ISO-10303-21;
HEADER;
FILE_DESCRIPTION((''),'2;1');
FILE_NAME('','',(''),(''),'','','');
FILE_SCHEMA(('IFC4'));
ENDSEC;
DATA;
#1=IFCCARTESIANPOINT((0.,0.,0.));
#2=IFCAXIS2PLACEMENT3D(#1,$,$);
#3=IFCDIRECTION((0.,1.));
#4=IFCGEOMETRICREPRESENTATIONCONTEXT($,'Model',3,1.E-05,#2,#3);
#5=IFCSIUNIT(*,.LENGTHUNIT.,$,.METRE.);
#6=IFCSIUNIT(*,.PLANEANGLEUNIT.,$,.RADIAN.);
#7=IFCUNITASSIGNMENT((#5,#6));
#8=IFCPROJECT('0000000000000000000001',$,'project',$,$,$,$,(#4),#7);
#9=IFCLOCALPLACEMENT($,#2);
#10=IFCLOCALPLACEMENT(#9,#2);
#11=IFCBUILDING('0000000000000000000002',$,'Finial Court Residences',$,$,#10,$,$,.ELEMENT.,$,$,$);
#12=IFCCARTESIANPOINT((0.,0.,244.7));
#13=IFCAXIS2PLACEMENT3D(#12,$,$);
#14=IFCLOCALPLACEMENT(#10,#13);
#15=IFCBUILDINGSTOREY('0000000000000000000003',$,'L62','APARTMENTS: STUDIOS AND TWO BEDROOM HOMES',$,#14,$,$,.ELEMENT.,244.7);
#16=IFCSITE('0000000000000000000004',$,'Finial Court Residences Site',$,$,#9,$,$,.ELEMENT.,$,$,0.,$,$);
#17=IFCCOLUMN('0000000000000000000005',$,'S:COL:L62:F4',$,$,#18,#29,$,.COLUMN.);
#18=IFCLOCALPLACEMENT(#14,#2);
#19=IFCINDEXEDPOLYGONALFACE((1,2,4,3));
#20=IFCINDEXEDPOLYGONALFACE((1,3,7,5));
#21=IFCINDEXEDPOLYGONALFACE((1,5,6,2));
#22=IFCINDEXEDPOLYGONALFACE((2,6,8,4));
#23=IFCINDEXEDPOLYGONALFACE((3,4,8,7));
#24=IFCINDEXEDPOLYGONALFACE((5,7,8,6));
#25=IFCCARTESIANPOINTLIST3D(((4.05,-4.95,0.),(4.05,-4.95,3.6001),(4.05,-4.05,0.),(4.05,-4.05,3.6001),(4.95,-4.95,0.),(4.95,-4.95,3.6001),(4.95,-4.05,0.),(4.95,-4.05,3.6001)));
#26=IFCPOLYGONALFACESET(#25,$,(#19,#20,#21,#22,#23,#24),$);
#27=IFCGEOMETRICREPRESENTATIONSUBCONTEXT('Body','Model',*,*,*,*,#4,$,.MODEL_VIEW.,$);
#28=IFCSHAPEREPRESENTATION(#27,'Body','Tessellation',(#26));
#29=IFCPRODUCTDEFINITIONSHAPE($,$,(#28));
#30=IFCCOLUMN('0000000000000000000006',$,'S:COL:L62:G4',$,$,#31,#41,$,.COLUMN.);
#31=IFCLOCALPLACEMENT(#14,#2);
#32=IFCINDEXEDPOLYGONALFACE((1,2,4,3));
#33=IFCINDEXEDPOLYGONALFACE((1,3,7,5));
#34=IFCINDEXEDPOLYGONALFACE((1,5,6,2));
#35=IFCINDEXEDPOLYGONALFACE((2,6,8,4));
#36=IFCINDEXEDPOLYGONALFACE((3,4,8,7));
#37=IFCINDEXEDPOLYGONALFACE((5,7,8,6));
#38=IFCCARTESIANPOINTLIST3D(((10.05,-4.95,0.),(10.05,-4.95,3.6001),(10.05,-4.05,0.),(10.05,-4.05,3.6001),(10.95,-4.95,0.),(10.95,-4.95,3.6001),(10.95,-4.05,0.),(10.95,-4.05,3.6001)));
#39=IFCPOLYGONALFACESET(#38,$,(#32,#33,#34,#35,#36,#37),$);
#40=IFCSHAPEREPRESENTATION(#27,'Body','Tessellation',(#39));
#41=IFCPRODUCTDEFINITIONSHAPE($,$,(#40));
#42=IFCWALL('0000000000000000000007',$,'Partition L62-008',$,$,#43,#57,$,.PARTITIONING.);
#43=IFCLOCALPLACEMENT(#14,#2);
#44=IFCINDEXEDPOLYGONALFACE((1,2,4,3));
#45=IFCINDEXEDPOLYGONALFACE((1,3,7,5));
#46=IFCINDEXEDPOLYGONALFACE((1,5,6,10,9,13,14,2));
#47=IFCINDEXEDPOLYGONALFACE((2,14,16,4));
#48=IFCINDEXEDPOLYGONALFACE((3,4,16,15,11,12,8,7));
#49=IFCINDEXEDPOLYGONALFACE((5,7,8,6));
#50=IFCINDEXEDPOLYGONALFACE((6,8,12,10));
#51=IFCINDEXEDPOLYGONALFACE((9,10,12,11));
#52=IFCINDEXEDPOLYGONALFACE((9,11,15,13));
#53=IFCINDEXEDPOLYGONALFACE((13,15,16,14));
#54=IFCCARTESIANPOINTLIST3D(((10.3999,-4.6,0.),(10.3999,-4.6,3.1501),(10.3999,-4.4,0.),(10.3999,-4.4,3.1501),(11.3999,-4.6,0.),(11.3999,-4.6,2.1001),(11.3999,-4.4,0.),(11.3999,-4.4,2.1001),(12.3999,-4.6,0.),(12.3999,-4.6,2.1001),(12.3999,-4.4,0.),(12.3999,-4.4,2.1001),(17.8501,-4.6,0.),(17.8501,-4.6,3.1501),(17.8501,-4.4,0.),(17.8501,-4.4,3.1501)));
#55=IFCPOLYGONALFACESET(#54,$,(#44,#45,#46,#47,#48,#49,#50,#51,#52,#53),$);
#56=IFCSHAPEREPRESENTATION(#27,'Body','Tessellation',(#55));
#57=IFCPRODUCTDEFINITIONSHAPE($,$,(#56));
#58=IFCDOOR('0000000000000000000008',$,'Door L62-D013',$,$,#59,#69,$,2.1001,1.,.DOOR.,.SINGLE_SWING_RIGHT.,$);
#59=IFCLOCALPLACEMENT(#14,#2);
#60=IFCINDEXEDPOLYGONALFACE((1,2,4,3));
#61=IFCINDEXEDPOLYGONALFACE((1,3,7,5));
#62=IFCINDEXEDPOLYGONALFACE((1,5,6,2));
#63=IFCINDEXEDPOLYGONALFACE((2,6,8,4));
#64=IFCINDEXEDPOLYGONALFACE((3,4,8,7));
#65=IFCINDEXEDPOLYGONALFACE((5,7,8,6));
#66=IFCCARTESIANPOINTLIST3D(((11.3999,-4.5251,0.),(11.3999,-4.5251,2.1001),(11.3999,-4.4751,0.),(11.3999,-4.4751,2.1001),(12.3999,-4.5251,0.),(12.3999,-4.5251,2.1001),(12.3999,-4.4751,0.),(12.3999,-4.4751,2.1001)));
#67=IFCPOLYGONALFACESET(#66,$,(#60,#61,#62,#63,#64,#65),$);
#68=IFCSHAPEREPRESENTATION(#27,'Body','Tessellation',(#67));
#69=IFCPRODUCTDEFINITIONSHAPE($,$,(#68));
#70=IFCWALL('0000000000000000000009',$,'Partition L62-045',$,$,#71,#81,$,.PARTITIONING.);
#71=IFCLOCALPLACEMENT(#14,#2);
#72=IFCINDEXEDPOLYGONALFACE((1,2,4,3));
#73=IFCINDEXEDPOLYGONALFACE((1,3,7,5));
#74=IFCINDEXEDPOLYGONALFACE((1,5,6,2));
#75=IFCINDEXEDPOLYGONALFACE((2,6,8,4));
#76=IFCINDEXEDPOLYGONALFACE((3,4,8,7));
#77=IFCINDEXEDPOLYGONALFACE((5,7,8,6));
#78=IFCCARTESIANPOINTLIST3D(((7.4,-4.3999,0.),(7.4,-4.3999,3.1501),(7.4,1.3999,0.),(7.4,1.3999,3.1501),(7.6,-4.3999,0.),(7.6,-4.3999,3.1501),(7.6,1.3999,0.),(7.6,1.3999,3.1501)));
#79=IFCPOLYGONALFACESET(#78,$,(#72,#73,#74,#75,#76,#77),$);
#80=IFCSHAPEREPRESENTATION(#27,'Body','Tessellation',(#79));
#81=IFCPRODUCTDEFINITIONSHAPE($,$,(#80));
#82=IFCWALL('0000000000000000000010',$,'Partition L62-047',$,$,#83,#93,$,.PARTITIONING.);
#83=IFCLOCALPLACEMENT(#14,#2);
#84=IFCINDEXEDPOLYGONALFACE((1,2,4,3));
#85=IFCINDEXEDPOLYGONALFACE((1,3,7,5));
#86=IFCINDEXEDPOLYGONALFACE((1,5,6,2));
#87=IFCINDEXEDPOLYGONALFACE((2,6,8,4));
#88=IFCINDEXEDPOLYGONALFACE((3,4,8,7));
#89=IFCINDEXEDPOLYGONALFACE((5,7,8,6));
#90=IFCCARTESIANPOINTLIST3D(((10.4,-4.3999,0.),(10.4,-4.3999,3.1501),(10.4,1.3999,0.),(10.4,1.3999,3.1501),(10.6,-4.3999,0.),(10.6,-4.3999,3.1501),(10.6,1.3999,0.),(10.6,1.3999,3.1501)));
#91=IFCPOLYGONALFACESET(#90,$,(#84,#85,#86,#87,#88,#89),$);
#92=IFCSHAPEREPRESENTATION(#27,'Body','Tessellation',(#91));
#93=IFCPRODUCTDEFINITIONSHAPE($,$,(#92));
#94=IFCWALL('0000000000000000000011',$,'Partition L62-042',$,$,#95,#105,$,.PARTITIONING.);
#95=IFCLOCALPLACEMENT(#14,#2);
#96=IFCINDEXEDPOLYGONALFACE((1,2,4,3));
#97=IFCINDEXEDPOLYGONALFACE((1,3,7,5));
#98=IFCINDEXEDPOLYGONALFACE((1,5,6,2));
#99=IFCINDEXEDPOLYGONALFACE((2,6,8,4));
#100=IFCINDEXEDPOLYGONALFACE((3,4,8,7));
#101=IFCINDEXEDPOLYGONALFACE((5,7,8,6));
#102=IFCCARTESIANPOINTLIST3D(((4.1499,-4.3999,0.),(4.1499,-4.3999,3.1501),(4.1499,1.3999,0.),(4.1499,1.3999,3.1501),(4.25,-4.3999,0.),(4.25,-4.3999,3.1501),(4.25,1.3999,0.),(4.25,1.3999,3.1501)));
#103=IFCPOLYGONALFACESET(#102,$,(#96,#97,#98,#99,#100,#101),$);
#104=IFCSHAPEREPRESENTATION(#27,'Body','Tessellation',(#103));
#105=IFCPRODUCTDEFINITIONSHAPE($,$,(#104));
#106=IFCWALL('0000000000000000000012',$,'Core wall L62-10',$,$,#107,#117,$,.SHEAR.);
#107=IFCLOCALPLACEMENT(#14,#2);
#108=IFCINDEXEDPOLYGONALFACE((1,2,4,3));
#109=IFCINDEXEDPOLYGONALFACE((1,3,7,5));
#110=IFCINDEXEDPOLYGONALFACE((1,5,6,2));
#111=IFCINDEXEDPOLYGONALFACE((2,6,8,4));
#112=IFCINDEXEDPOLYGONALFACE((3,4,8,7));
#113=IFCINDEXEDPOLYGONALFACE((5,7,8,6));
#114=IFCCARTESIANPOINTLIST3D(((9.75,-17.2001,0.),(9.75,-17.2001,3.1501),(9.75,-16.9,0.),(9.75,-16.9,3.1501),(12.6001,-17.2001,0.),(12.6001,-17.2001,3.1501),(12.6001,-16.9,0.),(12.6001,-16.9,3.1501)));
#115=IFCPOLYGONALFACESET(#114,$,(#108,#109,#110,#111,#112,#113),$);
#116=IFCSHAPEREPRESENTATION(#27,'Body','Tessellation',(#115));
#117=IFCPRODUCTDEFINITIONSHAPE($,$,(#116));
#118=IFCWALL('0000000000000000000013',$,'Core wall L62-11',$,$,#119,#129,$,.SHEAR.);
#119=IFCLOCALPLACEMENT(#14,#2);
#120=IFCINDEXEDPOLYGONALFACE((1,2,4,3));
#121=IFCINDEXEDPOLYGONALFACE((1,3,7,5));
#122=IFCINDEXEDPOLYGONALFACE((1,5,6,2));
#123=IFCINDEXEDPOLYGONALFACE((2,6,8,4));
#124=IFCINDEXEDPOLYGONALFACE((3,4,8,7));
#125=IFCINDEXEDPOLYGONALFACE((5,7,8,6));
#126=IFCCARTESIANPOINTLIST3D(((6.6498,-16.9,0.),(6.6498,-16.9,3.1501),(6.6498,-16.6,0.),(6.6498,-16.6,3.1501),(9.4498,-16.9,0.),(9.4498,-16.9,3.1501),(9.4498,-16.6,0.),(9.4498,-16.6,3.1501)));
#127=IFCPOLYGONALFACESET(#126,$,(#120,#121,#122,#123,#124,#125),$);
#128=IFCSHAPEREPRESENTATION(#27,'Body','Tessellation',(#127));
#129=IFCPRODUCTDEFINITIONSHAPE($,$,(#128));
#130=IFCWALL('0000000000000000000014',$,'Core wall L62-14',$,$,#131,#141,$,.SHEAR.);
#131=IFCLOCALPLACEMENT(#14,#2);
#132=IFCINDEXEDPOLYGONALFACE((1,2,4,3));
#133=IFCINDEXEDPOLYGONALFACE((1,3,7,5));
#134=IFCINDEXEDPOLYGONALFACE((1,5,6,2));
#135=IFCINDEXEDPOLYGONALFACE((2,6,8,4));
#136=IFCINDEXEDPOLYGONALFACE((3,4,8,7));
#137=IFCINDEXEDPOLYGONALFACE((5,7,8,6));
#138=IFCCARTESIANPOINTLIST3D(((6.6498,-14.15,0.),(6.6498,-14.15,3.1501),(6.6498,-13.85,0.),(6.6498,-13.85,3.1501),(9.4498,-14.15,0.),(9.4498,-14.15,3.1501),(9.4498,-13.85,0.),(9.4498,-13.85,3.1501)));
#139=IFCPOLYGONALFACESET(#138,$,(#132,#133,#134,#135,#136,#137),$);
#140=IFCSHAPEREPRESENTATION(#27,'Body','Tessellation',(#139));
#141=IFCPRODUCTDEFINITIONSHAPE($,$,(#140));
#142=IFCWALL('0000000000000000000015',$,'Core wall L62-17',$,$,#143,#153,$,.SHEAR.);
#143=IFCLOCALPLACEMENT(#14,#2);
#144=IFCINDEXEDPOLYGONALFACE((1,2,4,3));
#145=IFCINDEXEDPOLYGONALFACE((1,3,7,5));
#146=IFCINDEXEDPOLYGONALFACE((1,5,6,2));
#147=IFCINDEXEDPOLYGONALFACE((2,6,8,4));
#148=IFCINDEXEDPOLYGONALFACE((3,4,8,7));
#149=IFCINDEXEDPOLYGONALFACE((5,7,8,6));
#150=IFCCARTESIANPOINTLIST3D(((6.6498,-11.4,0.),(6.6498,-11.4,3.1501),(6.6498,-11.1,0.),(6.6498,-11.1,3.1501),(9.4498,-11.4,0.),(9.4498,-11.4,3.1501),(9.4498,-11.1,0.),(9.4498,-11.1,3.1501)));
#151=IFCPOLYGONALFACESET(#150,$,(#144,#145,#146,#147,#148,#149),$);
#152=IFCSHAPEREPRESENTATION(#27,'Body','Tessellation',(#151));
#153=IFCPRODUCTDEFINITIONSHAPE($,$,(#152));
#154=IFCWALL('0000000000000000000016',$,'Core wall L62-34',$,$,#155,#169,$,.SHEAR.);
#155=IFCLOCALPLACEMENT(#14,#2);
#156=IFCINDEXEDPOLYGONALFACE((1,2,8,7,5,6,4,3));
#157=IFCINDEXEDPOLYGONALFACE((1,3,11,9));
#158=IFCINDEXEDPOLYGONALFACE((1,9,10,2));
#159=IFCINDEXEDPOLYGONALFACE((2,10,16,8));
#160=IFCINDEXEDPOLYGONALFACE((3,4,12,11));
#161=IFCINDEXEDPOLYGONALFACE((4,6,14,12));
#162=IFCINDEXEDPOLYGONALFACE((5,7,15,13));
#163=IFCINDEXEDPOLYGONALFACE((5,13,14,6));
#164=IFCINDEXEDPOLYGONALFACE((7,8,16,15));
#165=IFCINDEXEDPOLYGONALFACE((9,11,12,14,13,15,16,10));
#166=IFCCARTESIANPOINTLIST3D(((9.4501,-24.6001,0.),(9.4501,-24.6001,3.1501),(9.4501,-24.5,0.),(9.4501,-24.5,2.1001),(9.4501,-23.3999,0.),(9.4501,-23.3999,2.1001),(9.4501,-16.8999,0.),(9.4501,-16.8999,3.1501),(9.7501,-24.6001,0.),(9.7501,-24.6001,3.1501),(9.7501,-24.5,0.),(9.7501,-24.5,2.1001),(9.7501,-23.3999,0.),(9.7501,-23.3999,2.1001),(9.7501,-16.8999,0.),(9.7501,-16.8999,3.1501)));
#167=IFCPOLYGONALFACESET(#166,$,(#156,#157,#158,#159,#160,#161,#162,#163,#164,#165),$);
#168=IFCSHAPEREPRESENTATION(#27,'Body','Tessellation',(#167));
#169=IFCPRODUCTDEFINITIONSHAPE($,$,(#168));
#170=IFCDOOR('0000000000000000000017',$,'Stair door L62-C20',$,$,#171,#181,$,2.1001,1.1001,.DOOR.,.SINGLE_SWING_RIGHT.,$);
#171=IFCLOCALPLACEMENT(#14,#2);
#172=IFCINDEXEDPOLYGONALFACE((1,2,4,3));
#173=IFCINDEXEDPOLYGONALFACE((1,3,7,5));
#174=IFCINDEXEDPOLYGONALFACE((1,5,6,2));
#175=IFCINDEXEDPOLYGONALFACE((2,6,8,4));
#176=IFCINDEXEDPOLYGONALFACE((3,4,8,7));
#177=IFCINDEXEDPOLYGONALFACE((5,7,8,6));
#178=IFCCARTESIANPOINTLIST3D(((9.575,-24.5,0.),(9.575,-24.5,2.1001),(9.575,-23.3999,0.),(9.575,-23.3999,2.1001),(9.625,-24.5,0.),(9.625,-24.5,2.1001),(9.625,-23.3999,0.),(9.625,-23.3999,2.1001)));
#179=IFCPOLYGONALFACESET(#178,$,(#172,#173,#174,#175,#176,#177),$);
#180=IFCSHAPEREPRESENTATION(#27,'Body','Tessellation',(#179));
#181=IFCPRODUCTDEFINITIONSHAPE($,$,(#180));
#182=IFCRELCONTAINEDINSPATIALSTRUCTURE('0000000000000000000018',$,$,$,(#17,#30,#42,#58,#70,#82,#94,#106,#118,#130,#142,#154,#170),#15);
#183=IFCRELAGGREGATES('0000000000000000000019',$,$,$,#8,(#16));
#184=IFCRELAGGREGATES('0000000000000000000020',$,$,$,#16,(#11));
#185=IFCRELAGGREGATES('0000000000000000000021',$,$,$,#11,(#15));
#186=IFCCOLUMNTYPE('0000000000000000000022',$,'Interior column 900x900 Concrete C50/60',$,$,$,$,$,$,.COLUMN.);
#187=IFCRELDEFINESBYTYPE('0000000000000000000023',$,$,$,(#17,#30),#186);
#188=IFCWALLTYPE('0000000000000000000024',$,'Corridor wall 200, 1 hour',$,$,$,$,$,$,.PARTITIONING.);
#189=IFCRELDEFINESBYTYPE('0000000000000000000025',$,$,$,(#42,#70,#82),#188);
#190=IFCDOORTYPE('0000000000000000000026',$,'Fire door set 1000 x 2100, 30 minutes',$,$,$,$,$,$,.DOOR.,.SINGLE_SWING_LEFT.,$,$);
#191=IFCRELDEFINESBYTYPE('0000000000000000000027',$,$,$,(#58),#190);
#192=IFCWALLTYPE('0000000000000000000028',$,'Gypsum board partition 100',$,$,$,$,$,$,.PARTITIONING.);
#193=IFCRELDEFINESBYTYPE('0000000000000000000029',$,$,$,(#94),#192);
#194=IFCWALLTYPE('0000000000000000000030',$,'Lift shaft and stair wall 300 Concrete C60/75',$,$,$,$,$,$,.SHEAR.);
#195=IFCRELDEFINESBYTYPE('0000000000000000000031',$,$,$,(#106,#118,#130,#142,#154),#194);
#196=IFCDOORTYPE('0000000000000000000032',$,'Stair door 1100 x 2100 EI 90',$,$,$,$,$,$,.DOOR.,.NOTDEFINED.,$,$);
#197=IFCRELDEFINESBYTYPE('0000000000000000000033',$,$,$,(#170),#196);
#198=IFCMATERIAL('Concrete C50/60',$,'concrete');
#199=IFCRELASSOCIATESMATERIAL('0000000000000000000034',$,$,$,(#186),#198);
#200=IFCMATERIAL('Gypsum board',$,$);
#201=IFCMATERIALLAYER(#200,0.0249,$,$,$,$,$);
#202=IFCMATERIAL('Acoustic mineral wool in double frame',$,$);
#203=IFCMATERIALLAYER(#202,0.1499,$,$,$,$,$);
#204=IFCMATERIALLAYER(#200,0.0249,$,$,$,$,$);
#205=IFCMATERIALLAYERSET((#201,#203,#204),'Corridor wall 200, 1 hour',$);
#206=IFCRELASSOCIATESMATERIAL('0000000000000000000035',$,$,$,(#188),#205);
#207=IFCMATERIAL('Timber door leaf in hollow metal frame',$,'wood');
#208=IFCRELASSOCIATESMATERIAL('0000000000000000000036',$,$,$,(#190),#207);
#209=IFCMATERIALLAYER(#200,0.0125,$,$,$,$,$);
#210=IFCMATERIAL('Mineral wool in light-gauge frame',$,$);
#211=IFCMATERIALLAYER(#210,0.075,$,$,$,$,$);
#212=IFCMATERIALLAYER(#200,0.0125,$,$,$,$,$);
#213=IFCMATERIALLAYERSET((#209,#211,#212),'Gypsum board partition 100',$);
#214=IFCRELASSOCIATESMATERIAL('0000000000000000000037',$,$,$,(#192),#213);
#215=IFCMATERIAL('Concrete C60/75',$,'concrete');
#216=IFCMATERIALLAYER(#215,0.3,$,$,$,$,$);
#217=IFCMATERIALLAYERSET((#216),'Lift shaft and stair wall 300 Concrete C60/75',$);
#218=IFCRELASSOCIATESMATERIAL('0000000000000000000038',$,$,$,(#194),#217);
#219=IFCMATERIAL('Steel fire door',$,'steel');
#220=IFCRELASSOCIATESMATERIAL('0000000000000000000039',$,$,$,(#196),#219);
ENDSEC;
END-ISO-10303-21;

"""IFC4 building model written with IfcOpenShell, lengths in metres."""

from ifc_helpers import new_model, si_unit, direction, frame, frame_2d, origin, origin_2d, place, context, subcontext, project, spatial, rectangle, extrude, material, layer, layer_set, material_profile, profile_set, type_object, element, fill, save


model = new_model("IFC4")

# Units and contexts
model_context = context("Model", 3, precision=1e-05, world=origin(), true_north=direction((0.0, 1.0)))
body_context = subcontext(model_context, "Body", "Model", "MODEL_VIEW")
ifc_project = project(units=[si_unit("LENGTHUNIT", "METRE"), si_unit("PLANEANGLEUNIT", "RADIAN")], contexts=[model_context])

# Site, building, storey
site_placement = place(None, origin())
site = spatial("IfcSite", under=ifc_project, at=site_placement, Name="Finial Court Residences Site", CompositionType="ELEMENT", RefElevation=0.0)
building_placement = place(site_placement, origin())
building = spatial("IfcBuilding", under=site, at=building_placement, Name="Finial Court Residences", CompositionType="ELEMENT")
storey_placement = place(building_placement, frame((0.0, 0.0, 244.7)))
storey = spatial("IfcBuildingStorey", under=building, at=storey_placement, Name="L62", Description="APARTMENTS: STUDIOS AND TWO BEDROOM HOMES", CompositionType="ELEMENT", Elevation=244.7)

# Columns
ifc_material_1 = material(Name="Concrete C50/60", Category="concrete")
ifc_material_profile = material_profile(ifc_material_1, rectangle(XDim=0.8999, YDim=0.8999, at=origin_2d()), Name="900x900")
ifc_profile_set = profile_set([ifc_material_profile], Name="Concrete C50/60")
column_type = type_object("IfcColumnType", Name="Interior column 900x900 Concrete C50/60", PredefinedType="COLUMN", material=ifc_profile_set)
for number, where, z_axis, x_axis, name in (
    (1, (4.5, -4.5, 0.0), (0.0, 0.0, 1.0), (1.0, 0.0, 0.0), "S:COL:L62:F4"),
    (2, (10.5, -4.5, 0.0), (0.0, 0.0, 1.0), (1.0, 0.0, 0.0), "S:COL:L62:G4"),
):
    element("IfcColumn", number, at=place(storey_placement, frame(where, z_axis=z_axis, x_axis=x_axis)), inside=storey, type_object=column_type, Name=name, PredefinedType="COLUMN", context=body_context, shape_type="SweptSolid", body=[
        extrude(rectangle(XDim=0.8999, YDim=0.8999, at=origin_2d()), origin(), (0.0, 0.0, 1.0), 3.6001),
    ])

# Wall, opening, door
ifc_material_2 = material(Name="Gypsum board")
ifc_layer_1 = layer(ifc_material_2, 0.0249)
ifc_material_3 = material(Name="Acoustic mineral wool in double frame")
ifc_layer_2 = layer(ifc_material_3, 0.1499)
ifc_layer_3 = layer(ifc_material_2, 0.0249)
ifc_layer_set_1 = layer_set([ifc_layer_1, ifc_layer_2, ifc_layer_3], Name="Corridor wall 200, 1 hour")
wall_type_1 = type_object("IfcWallType", Name="Corridor wall 200, 1 hour", PredefinedType="PARTITIONING", material=ifc_layer_set_1)
wall_1_placement = place(storey_placement, frame((10.3999, -4.5, 0.0), z_axis=(0.0, 0.0, 1.0), x_axis=(1.0, 0.0, 0.0)))
wall_1 = element("IfcWall", 3, at=wall_1_placement, inside=storey, type_object=wall_type_1, Name="Partition L62-008", PredefinedType="PARTITIONING", context=body_context, shape_type="SweptSolid", body=[
    extrude(rectangle(XDim=7.4502, YDim=0.2, at=frame_2d((3.7251, 0.0))), origin(), (0.0, 0.0, 1.0), 3.1501),
])
opening_1_placement = place(wall_1_placement, frame((1.0, 0.0, 0.0)))
opening_1 = element("IfcOpeningElement", 4, at=opening_1_placement, cuts=wall_1, PredefinedType="OPENING", context=body_context, shape_type="SweptSolid", body=[
    extrude(rectangle(XDim=1.0, YDim=2.1001, at=frame_2d((0.5, 1.05))), frame((0.0, 0.1099, 0.0), z_axis=(0.0, -1.0, 0.0), x_axis=(1.0, 0.0, 0.0)), (0.0, 0.0, 1.0), 0.22),
])
ifc_material_4 = material(Name="Timber door leaf in hollow metal frame", Category="wood")
door_type_1 = type_object("IfcDoorType", Name="Fire door set 1000 x 2100, 30 minutes", OperationType="SINGLE_SWING_LEFT", PredefinedType="DOOR", material=ifc_material_4)
door_1_placement = place(opening_1_placement, origin())
door_1 = element("IfcDoor", 5, at=door_1_placement, inside=storey, type_object=door_type_1, Name="Door L62-D013", OperationType="SINGLE_SWING_RIGHT", OverallHeight=2.1001, OverallWidth=1.0, PredefinedType="DOOR", context=body_context, shape_type="SweptSolid", body=[
    extrude(rectangle(XDim=1.0, YDim=2.1001, at=frame_2d((0.5, 1.05))), frame((0.0, 0.0249, 0.0), z_axis=(0.0, -1.0, 0.0), x_axis=(1.0, 0.0, 0.0)), (0.0, 0.0, 1.0), 0.05),
])
fill(opening_1, door_1)

# Walls
for number, where, z_axis, x_axis, name in (
    (6, (7.5, -4.3999, 0.0), (0.0, 0.0, 1.0), (0.0, 1.0, 0.0), "Partition L62-045"),
    (7, (10.5, -4.3999, 0.0), (0.0, 0.0, 1.0), (0.0, 1.0, 0.0), "Partition L62-047"),
):
    element("IfcWall", number, at=place(storey_placement, frame(where, z_axis=z_axis, x_axis=x_axis)), inside=storey, type_object=wall_type_1, Name=name, PredefinedType="PARTITIONING", context=body_context, shape_type="SweptSolid", body=[
        extrude(rectangle(XDim=5.7998, YDim=0.2, at=frame_2d((2.8999, 0.0))), origin(), (0.0, 0.0, 1.0), 3.1501),
    ])
ifc_layer_4 = layer(ifc_material_2, 0.0125)
ifc_material_5 = material(Name="Mineral wool in light-gauge frame")
ifc_layer_5 = layer(ifc_material_5, 0.075)
ifc_layer_6 = layer(ifc_material_2, 0.0125)
ifc_layer_set_2 = layer_set([ifc_layer_4, ifc_layer_5, ifc_layer_6], Name="Gypsum board partition 100")
wall_type_2 = type_object("IfcWallType", Name="Gypsum board partition 100", PredefinedType="PARTITIONING", material=ifc_layer_set_2)
wall_2_placement = place(storey_placement, frame((4.2, -4.3999, 0.0), z_axis=(0.0, 0.0, 1.0), x_axis=(0.0, 1.0, 0.0)))
element("IfcWall", 8, at=wall_2_placement, inside=storey, type_object=wall_type_2, Name="Partition L62-042", PredefinedType="PARTITIONING", context=body_context, shape_type="SweptSolid", body=[
    extrude(rectangle(XDim=5.7998, YDim=0.1001, at=frame_2d((2.8999, 0.0))), origin(), (0.0, 0.0, 1.0), 3.1501),
])
ifc_material_6 = material(Name="Concrete C60/75", Category="concrete")
ifc_layer_7 = layer(ifc_material_6, 0.3)
ifc_layer_set_3 = layer_set([ifc_layer_7], Name="Lift shaft and stair wall 300 Concrete C60/75")
wall_type_3 = type_object("IfcWallType", Name="Lift shaft and stair wall 300 Concrete C60/75", PredefinedType="SHEAR", material=ifc_layer_set_3)
wall_3_placement = place(storey_placement, frame((9.75, -17.05, 0.0), z_axis=(0.0, 0.0, 1.0), x_axis=(1.0, 0.0, 0.0)))
element("IfcWall", 9, at=wall_3_placement, inside=storey, type_object=wall_type_3, Name="Core wall L62-10", PredefinedType="SHEAR", context=body_context, shape_type="SweptSolid", body=[
    extrude(rectangle(XDim=2.8501, YDim=0.3, at=frame_2d((1.425, 0.0))), origin(), (0.0, 0.0, 1.0), 3.1501),
])
for number, where, z_axis, x_axis, name in (
    (10, (6.6499, -16.75, 0.0), (0.0, 0.0, 1.0), (1.0, 0.0, 0.0), "Core wall L62-11"),
    (11, (6.6499, -14.0, 0.0), (0.0, 0.0, 1.0), (1.0, 0.0, 0.0), "Core wall L62-14"),
    (12, (6.6499, -11.25, 0.0), (0.0, 0.0, 1.0), (1.0, 0.0, 0.0), "Core wall L62-17"),
):
    element("IfcWall", number, at=place(storey_placement, frame(where, z_axis=z_axis, x_axis=x_axis)), inside=storey, type_object=wall_type_3, Name=name, PredefinedType="SHEAR", context=body_context, shape_type="SweptSolid", body=[
        extrude(rectangle(XDim=2.8, YDim=0.3, at=frame_2d((1.3999, 0.0))), origin(), (0.0, 0.0, 1.0), 3.1501),
    ])

# Wall, opening, door
wall_4_placement = place(storey_placement, frame((9.6001, -16.8999, 0.0), z_axis=(0.0, 0.0, 1.0), x_axis=(0.0, -1.0, 0.0)))
wall_4 = element("IfcWall", 13, at=wall_4_placement, inside=storey, type_object=wall_type_3, Name="Core wall L62-34", PredefinedType="SHEAR", context=body_context, shape_type="SweptSolid", body=[
    extrude(rectangle(XDim=7.7002, YDim=0.3, at=frame_2d((3.8501, 0.0))), origin(), (0.0, 0.0, 1.0), 3.1501),
])
opening_2_placement = place(wall_4_placement, frame((6.5, 0.0, 0.0)))
opening_2 = element("IfcOpeningElement", 14, at=opening_2_placement, cuts=wall_4, PredefinedType="OPENING", context=body_context, shape_type="SweptSolid", body=[
    extrude(rectangle(XDim=1.1001, YDim=2.1001, at=frame_2d((0.55, 1.05))), frame((0.0, 0.1599, 0.0), z_axis=(0.0, -1.0, 0.0), x_axis=(1.0, 0.0, 0.0)), (0.0, 0.0, 1.0), 0.3201),
])
ifc_material_7 = material(Name="Steel fire door", Category="steel")
door_type_2 = type_object("IfcDoorType", Name="Stair door 1100 x 2100 EI 90", OperationType="NOTDEFINED", PredefinedType="DOOR", material=ifc_material_7)
door_2_placement = place(opening_2_placement, origin())
door_2 = element("IfcDoor", 15, at=door_2_placement, inside=storey, type_object=door_type_2, Name="Stair door L62-C20", OperationType="SINGLE_SWING_RIGHT", OverallHeight=2.1001, OverallWidth=1.1001, PredefinedType="DOOR", context=body_context, shape_type="SweptSolid", body=[
    extrude(rectangle(XDim=1.1001, YDim=2.1001, at=frame_2d((0.55, 1.05))), frame((0.0, 0.0249, 0.0), z_axis=(0.0, -1.0, 0.0), x_axis=(1.0, 0.0, 0.0)), (0.0, 0.0, 1.0), 0.05),
])
fill(opening_2, door_2)

save(model, "model.ifc")
